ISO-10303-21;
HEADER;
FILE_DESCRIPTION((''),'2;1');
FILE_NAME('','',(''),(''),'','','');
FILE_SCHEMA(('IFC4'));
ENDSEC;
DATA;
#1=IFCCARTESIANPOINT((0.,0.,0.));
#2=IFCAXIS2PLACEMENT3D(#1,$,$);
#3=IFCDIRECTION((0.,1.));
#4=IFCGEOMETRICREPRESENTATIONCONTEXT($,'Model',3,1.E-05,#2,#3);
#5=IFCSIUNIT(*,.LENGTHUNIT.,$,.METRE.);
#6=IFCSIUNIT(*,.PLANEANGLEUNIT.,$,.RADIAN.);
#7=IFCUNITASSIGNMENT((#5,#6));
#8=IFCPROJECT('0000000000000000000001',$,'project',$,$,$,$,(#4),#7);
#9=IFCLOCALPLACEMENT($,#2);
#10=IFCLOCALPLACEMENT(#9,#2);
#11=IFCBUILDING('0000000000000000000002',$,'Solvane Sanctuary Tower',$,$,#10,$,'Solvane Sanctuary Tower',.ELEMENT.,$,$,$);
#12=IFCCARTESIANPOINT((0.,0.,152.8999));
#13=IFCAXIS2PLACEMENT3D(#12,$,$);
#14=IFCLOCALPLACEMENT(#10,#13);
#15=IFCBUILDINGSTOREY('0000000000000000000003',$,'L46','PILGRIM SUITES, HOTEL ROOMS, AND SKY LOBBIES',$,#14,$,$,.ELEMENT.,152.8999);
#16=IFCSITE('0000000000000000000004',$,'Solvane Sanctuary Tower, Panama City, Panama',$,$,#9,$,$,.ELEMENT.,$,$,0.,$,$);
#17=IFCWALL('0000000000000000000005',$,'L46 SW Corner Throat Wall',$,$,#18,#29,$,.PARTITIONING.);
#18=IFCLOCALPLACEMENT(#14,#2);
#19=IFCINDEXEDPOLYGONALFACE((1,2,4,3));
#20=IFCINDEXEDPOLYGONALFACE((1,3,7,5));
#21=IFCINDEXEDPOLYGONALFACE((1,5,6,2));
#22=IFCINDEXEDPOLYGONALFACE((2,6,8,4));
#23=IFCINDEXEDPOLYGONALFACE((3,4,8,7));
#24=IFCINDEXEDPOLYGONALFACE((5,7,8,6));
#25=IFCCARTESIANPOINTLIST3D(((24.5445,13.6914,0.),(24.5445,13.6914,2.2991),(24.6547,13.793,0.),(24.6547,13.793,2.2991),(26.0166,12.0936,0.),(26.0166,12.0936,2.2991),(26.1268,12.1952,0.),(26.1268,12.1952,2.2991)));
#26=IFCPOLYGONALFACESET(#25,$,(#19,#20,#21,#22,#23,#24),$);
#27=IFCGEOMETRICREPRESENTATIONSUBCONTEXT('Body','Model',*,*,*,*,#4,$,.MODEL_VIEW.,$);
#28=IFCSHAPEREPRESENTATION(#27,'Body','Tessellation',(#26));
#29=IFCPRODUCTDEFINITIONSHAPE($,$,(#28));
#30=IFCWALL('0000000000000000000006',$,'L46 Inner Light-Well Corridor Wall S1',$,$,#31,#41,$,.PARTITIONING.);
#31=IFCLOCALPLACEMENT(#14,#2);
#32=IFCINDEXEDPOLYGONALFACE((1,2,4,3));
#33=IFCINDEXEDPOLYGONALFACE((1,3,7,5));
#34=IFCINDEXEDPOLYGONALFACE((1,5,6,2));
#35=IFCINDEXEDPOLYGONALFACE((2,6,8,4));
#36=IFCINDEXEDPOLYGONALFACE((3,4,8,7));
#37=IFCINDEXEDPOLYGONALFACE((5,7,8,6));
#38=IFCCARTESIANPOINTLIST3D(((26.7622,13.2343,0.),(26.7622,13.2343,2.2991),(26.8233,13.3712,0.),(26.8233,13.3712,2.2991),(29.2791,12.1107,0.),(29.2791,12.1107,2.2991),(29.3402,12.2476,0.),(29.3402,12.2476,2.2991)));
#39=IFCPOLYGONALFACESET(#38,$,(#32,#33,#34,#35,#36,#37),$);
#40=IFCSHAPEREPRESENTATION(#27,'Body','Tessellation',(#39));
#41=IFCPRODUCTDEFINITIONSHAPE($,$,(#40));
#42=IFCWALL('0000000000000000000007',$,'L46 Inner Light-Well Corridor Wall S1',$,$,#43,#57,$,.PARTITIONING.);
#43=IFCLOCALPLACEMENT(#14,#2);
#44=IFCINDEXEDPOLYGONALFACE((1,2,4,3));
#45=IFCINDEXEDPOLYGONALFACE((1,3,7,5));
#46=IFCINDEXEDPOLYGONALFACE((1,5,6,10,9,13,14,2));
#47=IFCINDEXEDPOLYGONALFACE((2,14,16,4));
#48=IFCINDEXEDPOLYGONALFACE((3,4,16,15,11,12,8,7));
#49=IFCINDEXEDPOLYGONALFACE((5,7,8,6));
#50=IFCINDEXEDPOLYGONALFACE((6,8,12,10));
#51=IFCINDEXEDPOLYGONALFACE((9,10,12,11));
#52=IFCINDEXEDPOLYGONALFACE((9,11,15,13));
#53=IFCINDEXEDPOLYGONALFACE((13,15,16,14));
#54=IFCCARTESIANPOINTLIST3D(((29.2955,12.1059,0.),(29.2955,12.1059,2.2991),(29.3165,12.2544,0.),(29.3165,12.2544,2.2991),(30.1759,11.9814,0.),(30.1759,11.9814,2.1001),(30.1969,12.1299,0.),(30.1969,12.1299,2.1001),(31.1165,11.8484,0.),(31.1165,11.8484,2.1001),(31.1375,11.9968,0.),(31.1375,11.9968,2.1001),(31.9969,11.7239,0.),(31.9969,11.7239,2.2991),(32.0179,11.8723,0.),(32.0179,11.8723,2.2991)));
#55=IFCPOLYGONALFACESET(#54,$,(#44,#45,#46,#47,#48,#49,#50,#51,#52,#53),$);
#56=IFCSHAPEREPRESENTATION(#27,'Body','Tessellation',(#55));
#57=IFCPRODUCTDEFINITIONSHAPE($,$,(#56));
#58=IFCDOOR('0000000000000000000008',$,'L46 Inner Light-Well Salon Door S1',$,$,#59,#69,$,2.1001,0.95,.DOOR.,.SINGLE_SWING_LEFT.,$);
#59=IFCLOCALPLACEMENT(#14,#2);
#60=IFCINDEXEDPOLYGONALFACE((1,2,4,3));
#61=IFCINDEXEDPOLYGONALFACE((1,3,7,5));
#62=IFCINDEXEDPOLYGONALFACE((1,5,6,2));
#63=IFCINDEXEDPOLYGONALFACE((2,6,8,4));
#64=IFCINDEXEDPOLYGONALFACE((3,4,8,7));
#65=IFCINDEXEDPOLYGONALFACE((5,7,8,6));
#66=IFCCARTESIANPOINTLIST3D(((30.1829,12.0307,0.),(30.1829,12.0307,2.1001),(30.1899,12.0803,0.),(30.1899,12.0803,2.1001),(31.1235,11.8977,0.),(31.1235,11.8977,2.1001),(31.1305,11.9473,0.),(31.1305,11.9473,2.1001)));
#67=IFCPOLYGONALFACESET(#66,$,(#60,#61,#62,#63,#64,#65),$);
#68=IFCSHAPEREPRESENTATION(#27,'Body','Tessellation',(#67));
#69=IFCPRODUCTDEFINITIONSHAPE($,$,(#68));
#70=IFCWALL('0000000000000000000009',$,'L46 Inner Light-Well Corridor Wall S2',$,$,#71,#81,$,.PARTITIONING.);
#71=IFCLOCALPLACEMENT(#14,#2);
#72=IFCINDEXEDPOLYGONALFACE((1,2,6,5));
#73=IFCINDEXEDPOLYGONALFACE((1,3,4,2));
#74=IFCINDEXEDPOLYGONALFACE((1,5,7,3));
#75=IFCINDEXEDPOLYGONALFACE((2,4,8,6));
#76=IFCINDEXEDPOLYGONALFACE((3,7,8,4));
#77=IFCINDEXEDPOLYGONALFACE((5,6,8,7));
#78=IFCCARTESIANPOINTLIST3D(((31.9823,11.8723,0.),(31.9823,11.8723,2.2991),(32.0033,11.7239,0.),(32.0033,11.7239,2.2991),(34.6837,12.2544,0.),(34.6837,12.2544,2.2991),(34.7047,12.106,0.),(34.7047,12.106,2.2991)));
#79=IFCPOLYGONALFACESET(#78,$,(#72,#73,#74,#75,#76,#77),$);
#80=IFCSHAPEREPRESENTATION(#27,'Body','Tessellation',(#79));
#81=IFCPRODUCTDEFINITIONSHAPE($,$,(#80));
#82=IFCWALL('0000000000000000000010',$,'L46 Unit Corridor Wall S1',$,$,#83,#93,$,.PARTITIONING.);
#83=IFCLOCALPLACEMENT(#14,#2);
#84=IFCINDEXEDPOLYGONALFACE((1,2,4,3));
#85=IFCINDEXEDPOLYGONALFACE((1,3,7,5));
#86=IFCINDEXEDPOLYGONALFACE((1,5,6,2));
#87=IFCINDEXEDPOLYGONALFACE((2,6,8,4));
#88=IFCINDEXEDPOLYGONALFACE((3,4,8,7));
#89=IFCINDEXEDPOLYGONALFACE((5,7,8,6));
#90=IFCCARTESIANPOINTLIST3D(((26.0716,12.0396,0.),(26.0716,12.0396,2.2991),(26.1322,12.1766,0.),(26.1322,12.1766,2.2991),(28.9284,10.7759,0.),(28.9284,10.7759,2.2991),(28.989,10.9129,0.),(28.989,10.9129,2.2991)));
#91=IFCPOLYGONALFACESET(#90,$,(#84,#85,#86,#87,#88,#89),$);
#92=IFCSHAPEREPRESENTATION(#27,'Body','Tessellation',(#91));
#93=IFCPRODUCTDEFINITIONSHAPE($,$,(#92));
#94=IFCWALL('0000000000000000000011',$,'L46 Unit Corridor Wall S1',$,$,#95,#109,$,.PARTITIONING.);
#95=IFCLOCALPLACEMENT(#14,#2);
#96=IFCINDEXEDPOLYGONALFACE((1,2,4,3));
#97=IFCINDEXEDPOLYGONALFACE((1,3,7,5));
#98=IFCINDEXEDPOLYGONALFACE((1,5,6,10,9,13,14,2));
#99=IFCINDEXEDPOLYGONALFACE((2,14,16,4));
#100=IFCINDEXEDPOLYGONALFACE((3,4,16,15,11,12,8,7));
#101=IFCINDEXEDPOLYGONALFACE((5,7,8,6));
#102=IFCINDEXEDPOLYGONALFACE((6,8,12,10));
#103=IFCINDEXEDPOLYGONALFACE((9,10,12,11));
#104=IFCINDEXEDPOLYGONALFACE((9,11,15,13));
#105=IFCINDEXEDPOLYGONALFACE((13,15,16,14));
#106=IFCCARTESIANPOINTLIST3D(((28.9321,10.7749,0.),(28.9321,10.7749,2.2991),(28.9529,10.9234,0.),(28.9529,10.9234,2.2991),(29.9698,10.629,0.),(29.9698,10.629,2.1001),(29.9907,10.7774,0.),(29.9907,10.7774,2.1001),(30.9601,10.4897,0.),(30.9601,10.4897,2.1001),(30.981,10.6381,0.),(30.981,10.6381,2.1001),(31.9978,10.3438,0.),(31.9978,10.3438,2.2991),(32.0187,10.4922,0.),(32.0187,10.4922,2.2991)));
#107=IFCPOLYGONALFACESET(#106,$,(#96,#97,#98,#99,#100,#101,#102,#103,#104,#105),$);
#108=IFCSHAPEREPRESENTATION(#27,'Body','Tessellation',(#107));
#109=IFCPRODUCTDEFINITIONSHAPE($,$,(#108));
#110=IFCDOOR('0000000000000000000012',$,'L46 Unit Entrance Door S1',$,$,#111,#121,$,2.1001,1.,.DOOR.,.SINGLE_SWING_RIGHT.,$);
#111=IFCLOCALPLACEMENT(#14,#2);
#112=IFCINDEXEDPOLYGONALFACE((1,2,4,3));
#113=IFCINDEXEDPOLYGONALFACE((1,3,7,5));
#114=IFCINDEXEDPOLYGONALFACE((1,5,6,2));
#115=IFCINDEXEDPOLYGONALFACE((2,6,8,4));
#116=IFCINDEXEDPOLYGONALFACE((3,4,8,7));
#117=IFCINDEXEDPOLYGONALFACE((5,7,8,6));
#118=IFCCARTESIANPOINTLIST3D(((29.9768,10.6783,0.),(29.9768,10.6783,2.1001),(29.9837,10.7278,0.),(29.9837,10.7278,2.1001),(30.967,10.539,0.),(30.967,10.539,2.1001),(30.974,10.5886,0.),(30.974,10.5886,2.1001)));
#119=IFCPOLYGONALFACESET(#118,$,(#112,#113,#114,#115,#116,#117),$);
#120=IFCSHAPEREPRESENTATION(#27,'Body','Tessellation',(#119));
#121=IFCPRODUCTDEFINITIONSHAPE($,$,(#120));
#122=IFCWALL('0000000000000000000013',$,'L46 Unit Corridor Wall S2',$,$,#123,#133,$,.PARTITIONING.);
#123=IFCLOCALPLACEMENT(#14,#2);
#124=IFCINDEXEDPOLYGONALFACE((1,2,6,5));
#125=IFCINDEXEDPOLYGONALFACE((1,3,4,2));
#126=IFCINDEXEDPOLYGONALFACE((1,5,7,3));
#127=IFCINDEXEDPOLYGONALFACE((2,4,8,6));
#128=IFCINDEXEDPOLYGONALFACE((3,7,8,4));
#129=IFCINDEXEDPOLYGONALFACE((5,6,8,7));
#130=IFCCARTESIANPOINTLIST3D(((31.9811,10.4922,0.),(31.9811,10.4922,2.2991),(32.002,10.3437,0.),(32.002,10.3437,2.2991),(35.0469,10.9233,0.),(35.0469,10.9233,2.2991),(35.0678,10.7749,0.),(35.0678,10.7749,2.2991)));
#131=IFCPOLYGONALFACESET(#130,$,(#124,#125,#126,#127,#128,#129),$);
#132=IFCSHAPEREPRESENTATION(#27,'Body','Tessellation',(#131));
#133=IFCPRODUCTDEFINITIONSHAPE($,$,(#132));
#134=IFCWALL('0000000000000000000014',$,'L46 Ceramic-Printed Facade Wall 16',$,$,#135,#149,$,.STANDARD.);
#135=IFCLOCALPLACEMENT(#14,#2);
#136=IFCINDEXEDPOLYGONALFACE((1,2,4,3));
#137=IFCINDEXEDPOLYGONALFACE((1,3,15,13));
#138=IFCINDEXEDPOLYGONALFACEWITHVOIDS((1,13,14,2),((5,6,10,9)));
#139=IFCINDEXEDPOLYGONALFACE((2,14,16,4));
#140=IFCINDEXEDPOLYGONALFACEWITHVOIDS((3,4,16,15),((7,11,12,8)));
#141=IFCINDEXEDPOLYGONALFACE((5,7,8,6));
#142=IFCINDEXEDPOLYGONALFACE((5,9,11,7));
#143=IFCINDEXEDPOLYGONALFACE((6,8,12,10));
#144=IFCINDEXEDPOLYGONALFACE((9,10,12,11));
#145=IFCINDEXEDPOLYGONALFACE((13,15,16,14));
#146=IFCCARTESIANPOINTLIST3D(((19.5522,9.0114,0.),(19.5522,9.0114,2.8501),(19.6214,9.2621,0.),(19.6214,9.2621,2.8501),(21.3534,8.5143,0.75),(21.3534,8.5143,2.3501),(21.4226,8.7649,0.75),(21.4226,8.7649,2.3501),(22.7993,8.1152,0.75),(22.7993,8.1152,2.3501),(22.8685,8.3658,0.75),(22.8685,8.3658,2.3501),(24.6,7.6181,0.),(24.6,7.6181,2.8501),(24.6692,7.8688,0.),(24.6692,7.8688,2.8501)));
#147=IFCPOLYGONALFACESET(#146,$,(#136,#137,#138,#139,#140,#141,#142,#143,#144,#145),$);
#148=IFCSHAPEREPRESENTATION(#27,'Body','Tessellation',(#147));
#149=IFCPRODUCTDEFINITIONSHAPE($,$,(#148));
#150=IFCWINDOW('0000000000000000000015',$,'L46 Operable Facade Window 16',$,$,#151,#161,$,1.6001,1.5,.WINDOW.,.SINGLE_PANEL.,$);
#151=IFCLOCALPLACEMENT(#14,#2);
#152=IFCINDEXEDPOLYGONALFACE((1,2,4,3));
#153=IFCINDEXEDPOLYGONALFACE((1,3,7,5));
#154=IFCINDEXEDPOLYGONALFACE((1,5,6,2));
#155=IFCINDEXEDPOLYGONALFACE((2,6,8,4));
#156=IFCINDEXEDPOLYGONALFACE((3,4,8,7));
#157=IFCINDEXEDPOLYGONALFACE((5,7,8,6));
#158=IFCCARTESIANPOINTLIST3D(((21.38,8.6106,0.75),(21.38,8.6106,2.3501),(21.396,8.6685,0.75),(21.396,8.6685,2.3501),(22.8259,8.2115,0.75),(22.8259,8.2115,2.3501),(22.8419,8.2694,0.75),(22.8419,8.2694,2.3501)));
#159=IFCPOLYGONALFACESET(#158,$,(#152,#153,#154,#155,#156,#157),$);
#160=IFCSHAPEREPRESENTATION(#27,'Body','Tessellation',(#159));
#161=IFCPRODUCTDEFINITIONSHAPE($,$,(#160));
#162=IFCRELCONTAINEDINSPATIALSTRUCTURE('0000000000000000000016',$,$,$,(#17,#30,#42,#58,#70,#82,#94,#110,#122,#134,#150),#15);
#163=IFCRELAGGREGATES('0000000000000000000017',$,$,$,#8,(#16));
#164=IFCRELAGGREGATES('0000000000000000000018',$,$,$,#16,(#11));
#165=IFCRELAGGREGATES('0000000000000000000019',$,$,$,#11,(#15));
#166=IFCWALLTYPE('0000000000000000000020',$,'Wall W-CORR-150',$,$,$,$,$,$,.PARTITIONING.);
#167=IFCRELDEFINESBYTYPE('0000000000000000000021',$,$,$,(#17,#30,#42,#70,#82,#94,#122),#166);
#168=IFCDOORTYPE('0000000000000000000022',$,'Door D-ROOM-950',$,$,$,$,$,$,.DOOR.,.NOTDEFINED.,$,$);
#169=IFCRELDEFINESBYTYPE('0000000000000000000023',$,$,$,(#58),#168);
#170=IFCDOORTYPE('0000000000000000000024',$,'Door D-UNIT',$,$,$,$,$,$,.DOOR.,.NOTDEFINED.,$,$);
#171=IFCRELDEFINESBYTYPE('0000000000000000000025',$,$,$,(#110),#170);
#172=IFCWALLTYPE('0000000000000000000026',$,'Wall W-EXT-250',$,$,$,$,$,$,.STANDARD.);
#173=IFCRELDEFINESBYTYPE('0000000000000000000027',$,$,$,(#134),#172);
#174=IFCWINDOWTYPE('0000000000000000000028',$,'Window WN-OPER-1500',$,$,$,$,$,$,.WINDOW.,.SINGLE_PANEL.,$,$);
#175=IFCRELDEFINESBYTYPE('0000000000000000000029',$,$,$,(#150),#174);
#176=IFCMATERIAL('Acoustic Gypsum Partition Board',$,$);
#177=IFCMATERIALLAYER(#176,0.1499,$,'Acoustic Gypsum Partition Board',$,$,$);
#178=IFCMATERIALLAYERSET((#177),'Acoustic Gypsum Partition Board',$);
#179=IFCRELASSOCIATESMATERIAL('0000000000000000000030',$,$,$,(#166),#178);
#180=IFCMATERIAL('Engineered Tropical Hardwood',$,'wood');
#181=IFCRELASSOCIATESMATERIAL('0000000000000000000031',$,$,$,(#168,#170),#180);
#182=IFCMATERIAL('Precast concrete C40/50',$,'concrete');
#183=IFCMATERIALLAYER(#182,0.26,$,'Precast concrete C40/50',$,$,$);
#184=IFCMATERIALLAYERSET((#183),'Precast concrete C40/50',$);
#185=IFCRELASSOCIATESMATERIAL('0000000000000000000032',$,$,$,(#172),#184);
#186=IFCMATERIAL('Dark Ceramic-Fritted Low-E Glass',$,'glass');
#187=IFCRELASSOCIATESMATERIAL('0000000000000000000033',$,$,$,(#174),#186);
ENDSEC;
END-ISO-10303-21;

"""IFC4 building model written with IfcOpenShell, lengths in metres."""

from ifc_helpers import new_model, si_unit, direction, frame, frame_2d, origin, place, context, subcontext, project, spatial, rectangle, extrude, material, layer, layer_set, type_object, element, fill, save


model = new_model("IFC4")

# Units and contexts
model_context = context("Model", 3, precision=1e-05, world=origin(), true_north=direction((0.0, 1.0)))
body_context = subcontext(model_context, "Body", "Model", "MODEL_VIEW")
ifc_project = project(units=[si_unit("LENGTHUNIT", "METRE"), si_unit("PLANEANGLEUNIT", "RADIAN")], contexts=[model_context])

# Site, building, storey
site_placement = place(None, origin())
site = spatial("IfcSite", under=ifc_project, at=site_placement, Name="Solvane Sanctuary Tower, Panama City, Panama", CompositionType="ELEMENT", RefElevation=0.0)
building_placement = place(site_placement, origin())
building = spatial("IfcBuilding", under=site, at=building_placement, Name="Solvane Sanctuary Tower", LongName="Solvane Sanctuary Tower", CompositionType="ELEMENT")
storey_placement = place(building_placement, frame((0.0, 0.0, 152.8999)))
storey = spatial("IfcBuildingStorey", under=building, at=storey_placement, Name="L46", Description="PILGRIM SUITES, HOTEL ROOMS, AND SKY LOBBIES", CompositionType="ELEMENT", Elevation=152.8999)

# Walls
ifc_material_1 = material(Name="Acoustic Gypsum Partition Board")
ifc_layer_1 = layer(ifc_material_1, 0.1499, Name="Acoustic Gypsum Partition Board")
ifc_layer_set_1 = layer_set([ifc_layer_1], Name="Acoustic Gypsum Partition Board")
wall_type_1 = type_object("IfcWallType", Name="Wall W-CORR-150", PredefinedType="PARTITIONING", material=ifc_layer_set_1)
wall_1_placement = place(storey_placement, frame((26.0718, 12.1443, 0.0), z_axis=(0.0, 0.0, 1.0), x_axis=(-0.67758, 0.735449, 0.0)))
element("IfcWall", 1, at=wall_1_placement, inside=storey, type_object=wall_type_1, Name="L46 SW Corner Throat Wall", PredefinedType="PARTITIONING", context=body_context, shape_type="SweptSolid", body=[
    extrude(rectangle(XDim=2.1726, YDim=0.1499, at=frame_2d((1.0864, 0.0))), origin(), (0.0, 0.0, 1.0), 2.2991),
])
wall_2_placement = place(storey_placement, frame((26.7927, 13.3027, 0.0), z_axis=(0.0, 0.0, 1.0), x_axis=(0.913146, -0.407634, 0.0)))
element("IfcWall", 2, at=wall_2_placement, inside=storey, type_object=wall_type_1, Name="L46 Inner Light-Well Corridor Wall S1", PredefinedType="PARTITIONING", context=body_context, shape_type="SweptSolid", body=[
    extrude(rectangle(XDim=2.7563, YDim=0.1499, at=frame_2d((1.3782, 0.0))), origin(), (0.0, 0.0, 1.0), 2.2991),
])

# Wall, opening, door
wall_3_placement = place(storey_placement, frame((29.3059, 12.1802, 0.0), z_axis=(0.0, 0.0, 1.0), x_axis=(0.990145, -0.140043, 0.0)))
wall_3 = element("IfcWall", 3, at=wall_3_placement, inside=storey, type_object=wall_type_1, Name="L46 Inner Light-Well Corridor Wall S1", PredefinedType="PARTITIONING", context=body_context, shape_type="SweptSolid", body=[
    extrude(rectangle(XDim=2.7283, YDim=0.1499, at=frame_2d((1.3643, 0.0))), origin(), (0.0, 0.0, 1.0), 2.2991),
])
opening_1_placement = place(wall_3_placement, frame((0.8892, 0.0, 0.0)))
opening_1 = element("IfcOpeningElement", 4, at=opening_1_placement, cuts=wall_3, PredefinedType="OPENING", context=body_context, shape_type="SweptSolid", body=[
    extrude(rectangle(XDim=0.95, YDim=2.1001, at=frame_2d((0.4751, 1.05))), frame((0.0, 0.085, 0.0), z_axis=(0.0, -1.0, 0.0), x_axis=(1.0, 0.0, 0.0)), (0.0, 0.0, 1.0), 0.1699),
])
ifc_material_2 = material(Name="Engineered Tropical Hardwood", Category="wood")
door_type_1 = type_object("IfcDoorType", Name="Door D-ROOM-950", OperationType="NOTDEFINED", PredefinedType="DOOR", material=ifc_material_2)
door_1_placement = place(opening_1_placement, origin())
door_1 = element("IfcDoor", 5, at=door_1_placement, inside=storey, type_object=door_type_1, Name="L46 Inner Light-Well Salon Door S1", OperationType="SINGLE_SWING_LEFT", OverallHeight=2.1001, OverallWidth=0.95, PredefinedType="DOOR", context=body_context, shape_type="SweptSolid", body=[
    extrude(rectangle(XDim=0.95, YDim=2.1001, at=frame_2d((0.4751, 1.05))), frame((0.0, 0.0249, 0.0), z_axis=(0.0, -1.0, 0.0), x_axis=(1.0, 0.0, 0.0)), (0.0, 0.0, 1.0), 0.05),
])
fill(opening_1, door_1)

# Walls
wall_4_placement = place(storey_placement, frame((31.9927, 11.7981, 0.0), z_axis=(0.0, 0.0, 1.0), x_axis=(0.990145, 0.140043, 0.0)))
element("IfcWall", 6, at=wall_4_placement, inside=storey, type_object=wall_type_1, Name="L46 Inner Light-Well Corridor Wall S2", PredefinedType="PARTITIONING", context=body_context, shape_type="SweptSolid", body=[
    extrude(rectangle(XDim=2.7283, YDim=0.1499, at=frame_2d((1.3643, 0.0))), origin(), (0.0, 0.0, 1.0), 2.2991),
])
wall_5_placement = place(storey_placement, frame((26.1018, 12.1082, 0.0), z_axis=(0.0, 0.0, 1.0), x_axis=(0.914519, -0.404542, 0.0)))
element("IfcWall", 7, at=wall_5_placement, inside=storey, type_object=wall_type_1, Name="L46 Unit Corridor Wall S1", PredefinedType="PARTITIONING", context=body_context, shape_type="SweptSolid", body=[
    extrude(rectangle(XDim=3.1238, YDim=0.1499, at=frame_2d((1.562, 0.0))), origin(), (0.0, 0.0, 1.0), 2.2991),
])

# Wall, opening, door
wall_6_placement = place(storey_placement, frame((28.9426, 10.8491, 0.0), z_axis=(0.0, 0.0, 1.0), x_axis=(0.990255, -0.139268, 0.0)))
wall_6 = element("IfcWall", 8, at=wall_6_placement, inside=storey, type_object=wall_type_1, Name="L46 Unit Corridor Wall S1", PredefinedType="PARTITIONING", context=body_context, shape_type="SweptSolid", body=[
    extrude(rectangle(XDim=3.0959, YDim=0.1499, at=frame_2d((1.5479, 0.0))), origin(), (0.0, 0.0, 1.0), 2.2991),
])
opening_2_placement = place(wall_6_placement, frame((1.0479, 0.0, 0.0)))
opening_2 = element("IfcOpeningElement", 9, at=opening_2_placement, cuts=wall_6, PredefinedType="OPENING", context=body_context, shape_type="SweptSolid", body=[
    extrude(rectangle(XDim=1.0, YDim=2.1001, at=frame_2d((0.5, 1.05))), frame((0.0, 0.085, 0.0), z_axis=(0.0, -1.0, 0.0), x_axis=(1.0, 0.0, 0.0)), (0.0, 0.0, 1.0), 0.1699),
])
door_type_2 = type_object("IfcDoorType", Name="Door D-UNIT", OperationType="NOTDEFINED", PredefinedType="DOOR", material=ifc_material_2)
door_2_placement = place(opening_2_placement, origin())
door_2 = element("IfcDoor", 10, at=door_2_placement, inside=storey, type_object=door_type_2, Name="L46 Unit Entrance Door S1", OperationType="SINGLE_SWING_RIGHT", OverallHeight=2.1001, OverallWidth=1.0, PredefinedType="DOOR", context=body_context, shape_type="SweptSolid", body=[
    extrude(rectangle(XDim=1.0, YDim=2.1001, at=frame_2d((0.5, 1.05))), frame((0.0, 0.0249, 0.0), z_axis=(0.0, -1.0, 0.0), x_axis=(1.0, 0.0, 0.0)), (0.0, 0.0, 1.0), 0.05),
])
fill(opening_2, door_2)

# Wall
wall_7_placement = place(storey_placement, frame((31.9917, 10.418, 0.0), z_axis=(0.0, 0.0, 1.0), x_axis=(0.990255, 0.139268, 0.0)))
element("IfcWall", 11, at=wall_7_placement, inside=storey, type_object=wall_type_1, Name="L46 Unit Corridor Wall S2", PredefinedType="PARTITIONING", context=body_context, shape_type="SweptSolid", body=[
    extrude(rectangle(XDim=3.0959, YDim=0.1499, at=frame_2d((1.5479, 0.0))), origin(), (0.0, 0.0, 1.0), 2.2991),
])

# Wall, opening, window
ifc_material_3 = material(Name="Precast concrete C40/50", Category="concrete")
ifc_layer_2 = layer(ifc_material_3, 0.26, Name="Precast concrete C40/50")
ifc_layer_set_2 = layer_set([ifc_layer_2], Name="Precast concrete C40/50")
wall_type_2 = type_object("IfcWallType", Name="Wall W-EXT-250", PredefinedType="STANDARD", material=ifc_layer_set_2)
wall_8_placement = place(storey_placement, frame((19.5869, 9.1367, 0.0), z_axis=(0.0, 0.0, 1.0), x_axis=(0.963953, -0.266071, 0.0)))
wall_8 = element("IfcWall", 12, at=wall_8_placement, inside=storey, type_object=wall_type_2, Name="L46 Ceramic-Printed Facade Wall 16", PredefinedType="STANDARD", context=body_context, shape_type="SweptSolid", body=[
    extrude(rectangle(XDim=5.2366, YDim=0.26, at=frame_2d((2.6182, 0.0))), origin(), (0.0, 0.0, 1.0), 2.8501),
])
opening_3_placement = place(wall_8_placement, frame((1.8684, 0.0, 0.75)))
opening_3 = element("IfcOpeningElement", 13, at=opening_3_placement, cuts=wall_8, PredefinedType="OPENING", context=body_context, shape_type="SweptSolid", body=[
    extrude(rectangle(XDim=1.5, YDim=1.6001, at=frame_2d((0.75, 0.8))), frame((0.0, 0.1399, 0.0), z_axis=(0.0, -1.0, 0.0), x_axis=(1.0, 0.0, 0.0)), (0.0, 0.0, 1.0), 0.28),
])
ifc_material_4 = material(Name="Dark Ceramic-Fritted Low-E Glass", Category="glass")
window_type_1 = type_object("IfcWindowType", Name="Window WN-OPER-1500", PartitioningType="SINGLE_PANEL", PredefinedType="WINDOW", material=ifc_material_4)
window_1_placement = place(opening_3_placement, origin())
window_1 = element("IfcWindow", 14, at=window_1_placement, inside=storey, type_object=window_type_1, Name="L46 Operable Facade Window 16", OverallHeight=1.6001, OverallWidth=1.5, PartitioningType="SINGLE_PANEL", PredefinedType="WINDOW", context=body_context, shape_type="SweptSolid", body=[
    extrude(rectangle(XDim=1.5, YDim=1.6001, at=frame_2d((0.75, 0.8))), frame((0.0, 0.03, 0.0), z_axis=(0.0, -1.0, 0.0), x_axis=(1.0, 0.0, 0.0)), (0.0, 0.0, 1.0), 0.0601),
])
fill(opening_3, window_1)

save(model, "model.ifc")
